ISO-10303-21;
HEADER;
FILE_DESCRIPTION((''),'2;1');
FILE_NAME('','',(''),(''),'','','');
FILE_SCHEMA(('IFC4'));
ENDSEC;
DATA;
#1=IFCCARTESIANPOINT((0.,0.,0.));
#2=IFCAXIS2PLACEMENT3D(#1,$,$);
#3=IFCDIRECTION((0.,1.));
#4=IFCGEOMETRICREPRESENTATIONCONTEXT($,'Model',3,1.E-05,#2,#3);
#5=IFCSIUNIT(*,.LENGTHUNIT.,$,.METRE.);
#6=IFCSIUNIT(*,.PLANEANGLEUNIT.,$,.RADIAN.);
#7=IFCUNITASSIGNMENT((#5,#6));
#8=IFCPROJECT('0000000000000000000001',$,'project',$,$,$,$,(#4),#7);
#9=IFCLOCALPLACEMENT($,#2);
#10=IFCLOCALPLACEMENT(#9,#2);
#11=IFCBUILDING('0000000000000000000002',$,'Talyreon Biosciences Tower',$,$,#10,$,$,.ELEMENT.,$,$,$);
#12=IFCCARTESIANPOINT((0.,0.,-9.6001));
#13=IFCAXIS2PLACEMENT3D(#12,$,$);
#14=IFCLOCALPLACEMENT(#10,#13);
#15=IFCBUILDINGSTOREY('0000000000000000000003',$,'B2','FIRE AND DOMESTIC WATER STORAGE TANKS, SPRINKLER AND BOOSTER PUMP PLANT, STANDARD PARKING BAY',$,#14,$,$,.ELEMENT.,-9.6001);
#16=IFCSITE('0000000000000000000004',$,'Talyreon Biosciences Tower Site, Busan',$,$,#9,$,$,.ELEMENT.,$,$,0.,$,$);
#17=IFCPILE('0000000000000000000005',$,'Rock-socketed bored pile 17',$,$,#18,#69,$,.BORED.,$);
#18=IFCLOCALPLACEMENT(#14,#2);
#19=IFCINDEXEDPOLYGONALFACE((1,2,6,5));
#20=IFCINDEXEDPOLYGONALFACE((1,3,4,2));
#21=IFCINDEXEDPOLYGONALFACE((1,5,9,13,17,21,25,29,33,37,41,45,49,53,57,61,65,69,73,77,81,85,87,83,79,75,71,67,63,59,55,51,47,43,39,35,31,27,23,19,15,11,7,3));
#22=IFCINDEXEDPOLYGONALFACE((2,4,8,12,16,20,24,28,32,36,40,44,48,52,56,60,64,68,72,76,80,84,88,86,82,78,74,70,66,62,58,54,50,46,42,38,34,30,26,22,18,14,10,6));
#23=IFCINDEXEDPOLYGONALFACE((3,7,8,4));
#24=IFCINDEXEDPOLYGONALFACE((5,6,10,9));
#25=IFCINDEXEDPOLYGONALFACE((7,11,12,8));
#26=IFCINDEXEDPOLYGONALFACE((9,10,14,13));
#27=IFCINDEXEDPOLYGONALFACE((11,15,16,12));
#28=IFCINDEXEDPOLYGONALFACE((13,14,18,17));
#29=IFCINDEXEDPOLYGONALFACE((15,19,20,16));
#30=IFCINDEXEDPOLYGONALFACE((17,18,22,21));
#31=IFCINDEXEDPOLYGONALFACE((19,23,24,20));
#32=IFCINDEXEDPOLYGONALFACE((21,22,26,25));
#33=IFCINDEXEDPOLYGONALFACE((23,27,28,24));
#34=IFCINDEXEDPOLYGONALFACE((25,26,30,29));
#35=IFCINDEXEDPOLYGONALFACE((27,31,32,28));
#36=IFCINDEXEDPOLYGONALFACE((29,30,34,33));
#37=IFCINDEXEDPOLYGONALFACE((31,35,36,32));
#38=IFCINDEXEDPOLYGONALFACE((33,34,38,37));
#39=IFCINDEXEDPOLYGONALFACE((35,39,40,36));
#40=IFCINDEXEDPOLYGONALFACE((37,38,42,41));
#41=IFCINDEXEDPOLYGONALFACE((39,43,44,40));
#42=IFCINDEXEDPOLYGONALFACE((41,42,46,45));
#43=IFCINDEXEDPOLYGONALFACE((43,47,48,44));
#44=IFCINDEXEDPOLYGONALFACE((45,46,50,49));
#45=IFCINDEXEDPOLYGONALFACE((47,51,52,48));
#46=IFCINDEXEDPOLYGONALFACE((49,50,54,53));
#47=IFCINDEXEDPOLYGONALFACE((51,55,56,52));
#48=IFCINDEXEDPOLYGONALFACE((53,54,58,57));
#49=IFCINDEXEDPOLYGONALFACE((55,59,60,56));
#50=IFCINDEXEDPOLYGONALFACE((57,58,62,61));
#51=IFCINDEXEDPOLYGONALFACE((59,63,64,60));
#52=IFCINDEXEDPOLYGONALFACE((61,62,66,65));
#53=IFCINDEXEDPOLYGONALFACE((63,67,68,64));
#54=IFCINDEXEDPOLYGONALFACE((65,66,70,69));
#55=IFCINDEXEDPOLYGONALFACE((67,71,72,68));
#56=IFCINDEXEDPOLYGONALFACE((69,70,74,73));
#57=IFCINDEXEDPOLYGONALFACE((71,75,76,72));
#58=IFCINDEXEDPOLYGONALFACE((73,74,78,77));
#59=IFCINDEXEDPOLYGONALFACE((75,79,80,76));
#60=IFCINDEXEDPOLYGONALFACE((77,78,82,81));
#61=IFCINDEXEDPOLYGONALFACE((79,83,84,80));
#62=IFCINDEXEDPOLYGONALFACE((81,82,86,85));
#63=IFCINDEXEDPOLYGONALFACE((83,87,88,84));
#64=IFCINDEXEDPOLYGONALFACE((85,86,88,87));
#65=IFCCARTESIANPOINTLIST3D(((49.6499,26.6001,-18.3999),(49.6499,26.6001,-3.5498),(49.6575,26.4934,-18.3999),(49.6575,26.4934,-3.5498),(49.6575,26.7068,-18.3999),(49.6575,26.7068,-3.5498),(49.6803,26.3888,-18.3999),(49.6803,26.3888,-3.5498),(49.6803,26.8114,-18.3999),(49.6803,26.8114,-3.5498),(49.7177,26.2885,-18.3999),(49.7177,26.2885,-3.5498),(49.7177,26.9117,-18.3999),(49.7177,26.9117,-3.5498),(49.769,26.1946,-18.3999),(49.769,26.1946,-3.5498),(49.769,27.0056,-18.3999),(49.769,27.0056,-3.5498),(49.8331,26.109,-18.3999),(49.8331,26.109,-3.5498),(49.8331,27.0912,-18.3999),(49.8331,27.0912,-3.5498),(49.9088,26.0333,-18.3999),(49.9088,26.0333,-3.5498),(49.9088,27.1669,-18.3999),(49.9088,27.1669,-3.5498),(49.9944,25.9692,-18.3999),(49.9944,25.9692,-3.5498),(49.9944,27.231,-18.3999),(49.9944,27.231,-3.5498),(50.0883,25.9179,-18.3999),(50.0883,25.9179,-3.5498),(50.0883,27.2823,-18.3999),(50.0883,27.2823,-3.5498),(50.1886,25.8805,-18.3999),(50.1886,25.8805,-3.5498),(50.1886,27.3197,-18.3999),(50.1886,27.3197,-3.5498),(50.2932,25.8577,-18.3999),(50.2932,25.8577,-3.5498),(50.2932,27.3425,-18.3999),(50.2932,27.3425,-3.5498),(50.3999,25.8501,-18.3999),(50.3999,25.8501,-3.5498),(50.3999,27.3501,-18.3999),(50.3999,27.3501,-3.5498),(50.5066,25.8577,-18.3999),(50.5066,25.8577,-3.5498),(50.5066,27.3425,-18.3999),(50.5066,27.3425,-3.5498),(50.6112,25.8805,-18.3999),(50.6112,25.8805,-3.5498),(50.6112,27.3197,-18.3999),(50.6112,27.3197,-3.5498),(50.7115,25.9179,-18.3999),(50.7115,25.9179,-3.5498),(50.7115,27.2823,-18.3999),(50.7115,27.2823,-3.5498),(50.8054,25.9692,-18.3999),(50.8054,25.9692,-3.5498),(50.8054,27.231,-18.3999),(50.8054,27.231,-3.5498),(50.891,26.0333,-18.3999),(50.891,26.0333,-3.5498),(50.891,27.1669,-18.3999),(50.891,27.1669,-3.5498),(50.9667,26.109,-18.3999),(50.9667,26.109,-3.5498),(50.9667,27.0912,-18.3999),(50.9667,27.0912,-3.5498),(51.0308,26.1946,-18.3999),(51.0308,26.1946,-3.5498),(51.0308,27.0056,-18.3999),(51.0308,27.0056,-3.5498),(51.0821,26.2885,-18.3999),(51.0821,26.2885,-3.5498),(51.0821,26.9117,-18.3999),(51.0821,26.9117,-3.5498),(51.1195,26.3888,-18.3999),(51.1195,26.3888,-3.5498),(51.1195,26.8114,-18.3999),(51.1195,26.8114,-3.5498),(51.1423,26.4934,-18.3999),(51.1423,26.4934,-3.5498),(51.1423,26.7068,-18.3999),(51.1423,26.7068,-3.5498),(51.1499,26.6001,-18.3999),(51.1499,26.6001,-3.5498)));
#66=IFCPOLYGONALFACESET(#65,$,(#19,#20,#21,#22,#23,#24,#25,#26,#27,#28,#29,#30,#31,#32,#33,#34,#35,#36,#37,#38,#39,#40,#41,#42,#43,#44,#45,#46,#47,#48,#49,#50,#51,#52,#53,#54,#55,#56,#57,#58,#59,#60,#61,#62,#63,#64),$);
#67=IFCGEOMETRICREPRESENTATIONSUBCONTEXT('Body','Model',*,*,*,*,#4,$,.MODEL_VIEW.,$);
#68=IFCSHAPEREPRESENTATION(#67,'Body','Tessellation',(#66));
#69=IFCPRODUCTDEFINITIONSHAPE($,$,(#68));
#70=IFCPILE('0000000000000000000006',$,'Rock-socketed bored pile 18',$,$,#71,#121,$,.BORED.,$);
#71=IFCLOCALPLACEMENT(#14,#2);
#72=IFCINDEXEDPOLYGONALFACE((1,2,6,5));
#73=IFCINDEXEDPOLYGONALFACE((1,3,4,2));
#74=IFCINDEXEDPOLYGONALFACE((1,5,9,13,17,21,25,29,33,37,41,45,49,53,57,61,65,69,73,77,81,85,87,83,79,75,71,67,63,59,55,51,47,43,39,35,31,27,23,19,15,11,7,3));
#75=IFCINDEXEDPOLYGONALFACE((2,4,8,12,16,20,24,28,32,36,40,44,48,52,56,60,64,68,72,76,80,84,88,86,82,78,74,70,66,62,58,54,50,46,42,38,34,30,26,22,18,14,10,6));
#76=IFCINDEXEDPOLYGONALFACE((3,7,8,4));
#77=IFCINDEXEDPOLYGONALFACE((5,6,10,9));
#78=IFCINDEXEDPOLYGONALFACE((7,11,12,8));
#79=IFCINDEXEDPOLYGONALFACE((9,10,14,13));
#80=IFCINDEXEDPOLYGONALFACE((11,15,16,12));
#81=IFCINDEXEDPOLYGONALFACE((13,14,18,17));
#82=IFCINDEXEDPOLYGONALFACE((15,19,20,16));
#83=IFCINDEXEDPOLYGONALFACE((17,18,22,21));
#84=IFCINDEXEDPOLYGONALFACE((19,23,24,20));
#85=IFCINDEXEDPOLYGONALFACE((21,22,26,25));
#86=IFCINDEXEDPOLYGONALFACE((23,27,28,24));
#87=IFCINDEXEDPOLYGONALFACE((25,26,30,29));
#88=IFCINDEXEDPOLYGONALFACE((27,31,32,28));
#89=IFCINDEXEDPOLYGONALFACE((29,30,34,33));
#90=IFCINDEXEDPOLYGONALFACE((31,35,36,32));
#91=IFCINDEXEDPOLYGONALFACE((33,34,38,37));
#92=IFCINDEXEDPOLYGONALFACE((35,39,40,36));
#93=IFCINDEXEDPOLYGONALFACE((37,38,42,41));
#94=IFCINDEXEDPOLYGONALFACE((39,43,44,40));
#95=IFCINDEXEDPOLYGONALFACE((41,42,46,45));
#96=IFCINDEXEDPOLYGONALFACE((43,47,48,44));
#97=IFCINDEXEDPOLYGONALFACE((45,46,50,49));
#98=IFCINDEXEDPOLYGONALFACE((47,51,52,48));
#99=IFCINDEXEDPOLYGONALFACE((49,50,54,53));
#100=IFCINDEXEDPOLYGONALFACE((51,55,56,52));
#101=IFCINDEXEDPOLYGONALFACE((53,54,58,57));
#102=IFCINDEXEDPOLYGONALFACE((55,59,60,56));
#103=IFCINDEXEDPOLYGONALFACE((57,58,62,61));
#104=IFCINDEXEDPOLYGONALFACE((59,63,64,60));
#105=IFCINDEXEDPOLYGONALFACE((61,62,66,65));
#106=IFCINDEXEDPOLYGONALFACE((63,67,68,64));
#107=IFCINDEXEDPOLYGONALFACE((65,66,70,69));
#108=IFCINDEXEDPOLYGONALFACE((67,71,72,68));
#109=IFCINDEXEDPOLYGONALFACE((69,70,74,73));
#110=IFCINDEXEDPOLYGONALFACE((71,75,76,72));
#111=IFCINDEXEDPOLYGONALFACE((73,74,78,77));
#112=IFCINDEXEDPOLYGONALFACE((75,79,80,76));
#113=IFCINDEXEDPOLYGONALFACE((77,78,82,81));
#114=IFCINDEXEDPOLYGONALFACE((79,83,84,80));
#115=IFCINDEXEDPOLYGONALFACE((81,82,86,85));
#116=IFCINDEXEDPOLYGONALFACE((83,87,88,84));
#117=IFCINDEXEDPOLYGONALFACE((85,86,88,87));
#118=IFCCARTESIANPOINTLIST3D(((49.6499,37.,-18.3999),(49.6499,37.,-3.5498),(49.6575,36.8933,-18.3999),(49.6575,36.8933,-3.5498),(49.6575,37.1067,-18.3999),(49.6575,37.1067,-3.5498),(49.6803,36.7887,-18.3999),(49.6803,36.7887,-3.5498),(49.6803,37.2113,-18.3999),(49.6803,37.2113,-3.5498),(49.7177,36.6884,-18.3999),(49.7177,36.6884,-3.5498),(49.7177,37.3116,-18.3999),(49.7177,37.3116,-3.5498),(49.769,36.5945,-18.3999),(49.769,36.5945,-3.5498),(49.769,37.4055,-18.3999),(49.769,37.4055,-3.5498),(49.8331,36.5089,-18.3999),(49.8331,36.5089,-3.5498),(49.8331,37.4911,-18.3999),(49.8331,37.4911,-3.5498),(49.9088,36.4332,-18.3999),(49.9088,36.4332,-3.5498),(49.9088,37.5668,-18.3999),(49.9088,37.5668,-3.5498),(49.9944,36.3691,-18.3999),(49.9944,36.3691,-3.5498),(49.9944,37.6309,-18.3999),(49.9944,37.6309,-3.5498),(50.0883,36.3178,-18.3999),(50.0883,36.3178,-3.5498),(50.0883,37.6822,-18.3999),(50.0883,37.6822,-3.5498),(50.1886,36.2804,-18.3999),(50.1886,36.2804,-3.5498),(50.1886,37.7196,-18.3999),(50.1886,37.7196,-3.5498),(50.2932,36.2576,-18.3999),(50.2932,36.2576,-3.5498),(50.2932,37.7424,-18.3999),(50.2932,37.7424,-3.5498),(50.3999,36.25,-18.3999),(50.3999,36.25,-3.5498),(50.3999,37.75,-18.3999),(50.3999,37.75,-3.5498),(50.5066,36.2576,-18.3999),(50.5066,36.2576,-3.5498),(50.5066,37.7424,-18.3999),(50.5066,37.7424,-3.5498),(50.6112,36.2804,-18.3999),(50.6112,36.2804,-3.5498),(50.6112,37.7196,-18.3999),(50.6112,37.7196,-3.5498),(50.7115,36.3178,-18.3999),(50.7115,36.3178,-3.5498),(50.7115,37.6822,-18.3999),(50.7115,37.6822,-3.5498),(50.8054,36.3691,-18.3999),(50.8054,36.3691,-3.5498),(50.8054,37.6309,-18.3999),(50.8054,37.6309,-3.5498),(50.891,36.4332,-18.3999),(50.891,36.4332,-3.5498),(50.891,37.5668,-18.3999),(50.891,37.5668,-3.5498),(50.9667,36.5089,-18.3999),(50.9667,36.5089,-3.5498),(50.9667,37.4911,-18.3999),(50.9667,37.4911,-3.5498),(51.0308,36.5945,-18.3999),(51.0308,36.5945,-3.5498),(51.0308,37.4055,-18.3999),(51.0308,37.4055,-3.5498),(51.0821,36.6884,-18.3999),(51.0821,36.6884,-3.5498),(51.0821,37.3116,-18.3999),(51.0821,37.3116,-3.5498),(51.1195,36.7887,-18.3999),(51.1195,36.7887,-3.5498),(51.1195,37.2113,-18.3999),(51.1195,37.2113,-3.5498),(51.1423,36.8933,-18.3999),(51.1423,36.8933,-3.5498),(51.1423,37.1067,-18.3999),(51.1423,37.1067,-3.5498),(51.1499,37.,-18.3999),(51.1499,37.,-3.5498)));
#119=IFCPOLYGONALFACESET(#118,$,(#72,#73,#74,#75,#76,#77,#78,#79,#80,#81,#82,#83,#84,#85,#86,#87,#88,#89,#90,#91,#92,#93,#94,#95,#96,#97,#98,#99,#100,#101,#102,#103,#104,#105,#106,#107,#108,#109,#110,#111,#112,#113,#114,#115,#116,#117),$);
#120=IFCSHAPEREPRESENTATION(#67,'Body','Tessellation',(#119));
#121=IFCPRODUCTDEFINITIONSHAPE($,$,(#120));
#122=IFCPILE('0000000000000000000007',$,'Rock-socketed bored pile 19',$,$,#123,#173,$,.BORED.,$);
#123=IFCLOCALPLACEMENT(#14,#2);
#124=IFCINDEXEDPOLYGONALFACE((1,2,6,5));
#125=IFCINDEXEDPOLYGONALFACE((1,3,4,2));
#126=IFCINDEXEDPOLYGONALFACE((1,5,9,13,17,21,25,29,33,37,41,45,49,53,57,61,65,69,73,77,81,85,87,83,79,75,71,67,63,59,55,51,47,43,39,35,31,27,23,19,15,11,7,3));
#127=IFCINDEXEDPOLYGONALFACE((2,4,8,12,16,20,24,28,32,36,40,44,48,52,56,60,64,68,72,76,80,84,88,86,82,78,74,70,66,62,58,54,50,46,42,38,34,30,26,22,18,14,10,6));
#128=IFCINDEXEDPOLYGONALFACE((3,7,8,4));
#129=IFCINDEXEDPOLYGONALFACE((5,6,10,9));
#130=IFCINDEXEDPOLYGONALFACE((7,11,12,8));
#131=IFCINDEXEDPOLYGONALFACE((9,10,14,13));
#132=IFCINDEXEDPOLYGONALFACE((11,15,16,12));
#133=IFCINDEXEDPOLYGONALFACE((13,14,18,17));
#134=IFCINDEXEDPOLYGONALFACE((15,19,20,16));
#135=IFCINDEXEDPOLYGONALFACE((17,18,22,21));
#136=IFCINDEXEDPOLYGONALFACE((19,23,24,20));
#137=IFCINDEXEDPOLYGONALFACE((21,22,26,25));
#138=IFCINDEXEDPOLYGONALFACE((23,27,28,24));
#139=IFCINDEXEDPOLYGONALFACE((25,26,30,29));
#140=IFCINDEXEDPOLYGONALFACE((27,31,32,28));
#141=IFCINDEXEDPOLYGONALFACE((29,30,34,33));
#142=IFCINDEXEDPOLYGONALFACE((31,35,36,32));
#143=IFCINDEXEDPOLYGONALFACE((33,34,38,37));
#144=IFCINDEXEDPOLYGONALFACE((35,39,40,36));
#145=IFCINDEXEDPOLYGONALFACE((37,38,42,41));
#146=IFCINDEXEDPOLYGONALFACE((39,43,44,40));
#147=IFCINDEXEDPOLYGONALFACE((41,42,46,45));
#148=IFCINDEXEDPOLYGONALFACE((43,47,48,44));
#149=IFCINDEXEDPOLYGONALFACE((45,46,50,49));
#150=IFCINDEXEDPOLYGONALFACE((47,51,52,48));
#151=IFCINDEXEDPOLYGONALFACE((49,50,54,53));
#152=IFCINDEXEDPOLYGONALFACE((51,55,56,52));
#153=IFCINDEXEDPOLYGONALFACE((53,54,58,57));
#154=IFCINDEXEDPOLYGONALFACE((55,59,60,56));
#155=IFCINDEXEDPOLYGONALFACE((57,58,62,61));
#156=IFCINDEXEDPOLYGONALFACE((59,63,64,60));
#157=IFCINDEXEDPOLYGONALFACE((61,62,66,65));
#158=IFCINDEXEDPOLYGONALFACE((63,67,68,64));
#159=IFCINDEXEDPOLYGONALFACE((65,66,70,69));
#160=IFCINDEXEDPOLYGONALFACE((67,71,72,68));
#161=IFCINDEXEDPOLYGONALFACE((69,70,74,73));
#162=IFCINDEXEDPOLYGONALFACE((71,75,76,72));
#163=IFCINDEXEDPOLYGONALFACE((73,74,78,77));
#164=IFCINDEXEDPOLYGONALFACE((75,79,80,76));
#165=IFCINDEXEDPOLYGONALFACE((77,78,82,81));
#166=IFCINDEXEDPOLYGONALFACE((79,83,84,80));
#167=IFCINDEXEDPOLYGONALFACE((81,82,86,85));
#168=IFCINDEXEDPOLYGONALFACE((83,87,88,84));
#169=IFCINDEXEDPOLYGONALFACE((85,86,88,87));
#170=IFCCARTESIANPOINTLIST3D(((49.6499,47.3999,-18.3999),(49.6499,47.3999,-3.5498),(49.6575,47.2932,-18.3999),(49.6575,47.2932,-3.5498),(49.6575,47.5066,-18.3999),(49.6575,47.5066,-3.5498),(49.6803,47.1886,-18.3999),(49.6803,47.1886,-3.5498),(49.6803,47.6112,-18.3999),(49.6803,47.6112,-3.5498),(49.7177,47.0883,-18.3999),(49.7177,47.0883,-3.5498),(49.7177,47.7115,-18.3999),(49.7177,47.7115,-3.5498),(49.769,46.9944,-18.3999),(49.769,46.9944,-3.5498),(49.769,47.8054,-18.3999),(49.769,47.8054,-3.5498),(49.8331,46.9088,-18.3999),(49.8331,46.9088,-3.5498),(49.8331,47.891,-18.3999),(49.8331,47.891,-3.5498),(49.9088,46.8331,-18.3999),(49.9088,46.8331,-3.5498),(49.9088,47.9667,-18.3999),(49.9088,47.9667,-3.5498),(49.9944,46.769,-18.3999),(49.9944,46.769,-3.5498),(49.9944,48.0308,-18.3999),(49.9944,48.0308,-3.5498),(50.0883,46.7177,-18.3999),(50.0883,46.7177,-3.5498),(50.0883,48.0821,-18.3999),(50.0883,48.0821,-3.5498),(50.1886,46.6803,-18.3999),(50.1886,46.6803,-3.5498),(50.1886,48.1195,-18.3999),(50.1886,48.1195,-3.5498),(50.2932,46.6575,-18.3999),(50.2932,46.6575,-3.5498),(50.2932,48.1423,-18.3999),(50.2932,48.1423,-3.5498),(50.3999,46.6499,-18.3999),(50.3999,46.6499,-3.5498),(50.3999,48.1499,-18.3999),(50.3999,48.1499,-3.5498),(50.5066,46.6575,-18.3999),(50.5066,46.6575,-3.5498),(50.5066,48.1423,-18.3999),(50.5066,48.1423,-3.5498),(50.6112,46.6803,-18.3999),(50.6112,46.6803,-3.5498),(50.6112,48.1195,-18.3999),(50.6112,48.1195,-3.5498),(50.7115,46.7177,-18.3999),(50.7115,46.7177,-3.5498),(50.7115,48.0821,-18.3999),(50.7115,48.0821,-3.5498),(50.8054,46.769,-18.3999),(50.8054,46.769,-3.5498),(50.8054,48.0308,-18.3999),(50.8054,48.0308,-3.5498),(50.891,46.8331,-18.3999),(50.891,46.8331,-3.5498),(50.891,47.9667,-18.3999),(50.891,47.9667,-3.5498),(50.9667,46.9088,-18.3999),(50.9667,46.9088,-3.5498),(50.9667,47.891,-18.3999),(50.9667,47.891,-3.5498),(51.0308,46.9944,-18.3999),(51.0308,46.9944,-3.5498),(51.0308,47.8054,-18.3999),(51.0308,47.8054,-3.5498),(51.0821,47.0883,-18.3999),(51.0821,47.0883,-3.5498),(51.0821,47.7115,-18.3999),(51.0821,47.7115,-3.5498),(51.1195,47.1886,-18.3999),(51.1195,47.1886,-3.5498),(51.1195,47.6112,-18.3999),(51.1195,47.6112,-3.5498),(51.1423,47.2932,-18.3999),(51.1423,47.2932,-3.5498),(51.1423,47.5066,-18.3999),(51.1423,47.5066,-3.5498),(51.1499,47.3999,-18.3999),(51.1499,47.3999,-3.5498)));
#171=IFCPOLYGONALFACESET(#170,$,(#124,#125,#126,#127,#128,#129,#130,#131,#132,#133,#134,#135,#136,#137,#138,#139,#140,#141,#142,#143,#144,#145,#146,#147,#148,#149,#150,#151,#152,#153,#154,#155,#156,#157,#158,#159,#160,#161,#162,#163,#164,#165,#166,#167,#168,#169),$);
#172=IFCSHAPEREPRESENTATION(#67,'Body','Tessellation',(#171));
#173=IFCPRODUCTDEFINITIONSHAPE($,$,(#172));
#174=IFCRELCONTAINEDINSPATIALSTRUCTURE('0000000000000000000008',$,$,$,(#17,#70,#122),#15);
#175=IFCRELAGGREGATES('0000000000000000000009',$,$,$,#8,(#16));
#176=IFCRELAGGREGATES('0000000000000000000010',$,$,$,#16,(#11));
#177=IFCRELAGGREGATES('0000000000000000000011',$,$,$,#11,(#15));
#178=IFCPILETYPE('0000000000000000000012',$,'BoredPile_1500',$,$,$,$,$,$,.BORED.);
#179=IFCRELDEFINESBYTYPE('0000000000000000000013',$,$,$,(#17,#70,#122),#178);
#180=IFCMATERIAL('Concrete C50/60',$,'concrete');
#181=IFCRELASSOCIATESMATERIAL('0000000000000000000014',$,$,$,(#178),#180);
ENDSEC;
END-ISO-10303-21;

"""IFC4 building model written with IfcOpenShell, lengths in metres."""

from ifc_helpers import new_model, si_unit, direction, frame, origin, origin_2d, place, context, subcontext, project, spatial, circle, extrude, material, material_profile, profile_set, type_object, element, save


model = new_model("IFC4")

# Units and contexts
model_context = context("Model", 3, precision=1e-05, world=origin(), true_north=direction((0.0, 1.0)))
body_context = subcontext(model_context, "Body", "Model", "MODEL_VIEW")
ifc_project = project(units=[si_unit("LENGTHUNIT", "METRE"), si_unit("PLANEANGLEUNIT", "RADIAN")], contexts=[model_context])

# Site, building, storey
site_placement = place(None, origin())
site = spatial("IfcSite", under=ifc_project, at=site_placement, Name="Talyreon Biosciences Tower Site, Busan", CompositionType="ELEMENT", RefElevation=0.0)
building_placement = place(site_placement, origin())
building = spatial("IfcBuilding", under=site, at=building_placement, Name="Talyreon Biosciences Tower", CompositionType="ELEMENT")
storey_placement = place(building_placement, frame((0.0, 0.0, -9.6001)))
storey = spatial("IfcBuildingStorey", under=building, at=storey_placement, Name="B2", Description="FIRE AND DOMESTIC WATER STORAGE TANKS, SPRINKLER AND BOOSTER PUMP PLANT, STANDARD PARKING BAY", CompositionType="ELEMENT", Elevation=-9.6001)

# Piles
ifc_material_1 = material(Name="Concrete C50/60", Category="concrete")
ifc_material_profile_1 = material_profile(ifc_material_1, circle(Radius=0.75, at=origin_2d()), Name="PILE D1500")
ifc_profile_set_1 = profile_set([ifc_material_profile_1], Name="Concrete C50/60")
pile_type = type_object("IfcPileType", Name="BoredPile_1500", PredefinedType="BORED", material=ifc_profile_set_1)
for number, where, z_axis, x_axis, name in (
    (1, (50.3999, 26.6001, -3.5498), (0.0, 0.0, -1.0), (1.0, 0.0, 0.0), "Rock-socketed bored pile 17"),
    (2, (50.3999, 37.0, -3.5498), (0.0, 0.0, -1.0), (1.0, 0.0, 0.0), "Rock-socketed bored pile 18"),
    (3, (50.3999, 47.3999, -3.5498), (0.0, 0.0, -1.0), (1.0, 0.0, 0.0), "Rock-socketed bored pile 19"),
):
    element("IfcPile", number, at=place(storey_placement, frame(where, z_axis=z_axis, x_axis=x_axis)), inside=storey, type_object=pile_type, Name=name, PredefinedType="BORED", context=body_context, shape_type="SweptSolid", body=[
        extrude(circle(Radius=0.75, at=origin_2d()), origin(), (0.0, 0.0, 1.0), 14.8501),
    ])

save(model, "model.ifc")
